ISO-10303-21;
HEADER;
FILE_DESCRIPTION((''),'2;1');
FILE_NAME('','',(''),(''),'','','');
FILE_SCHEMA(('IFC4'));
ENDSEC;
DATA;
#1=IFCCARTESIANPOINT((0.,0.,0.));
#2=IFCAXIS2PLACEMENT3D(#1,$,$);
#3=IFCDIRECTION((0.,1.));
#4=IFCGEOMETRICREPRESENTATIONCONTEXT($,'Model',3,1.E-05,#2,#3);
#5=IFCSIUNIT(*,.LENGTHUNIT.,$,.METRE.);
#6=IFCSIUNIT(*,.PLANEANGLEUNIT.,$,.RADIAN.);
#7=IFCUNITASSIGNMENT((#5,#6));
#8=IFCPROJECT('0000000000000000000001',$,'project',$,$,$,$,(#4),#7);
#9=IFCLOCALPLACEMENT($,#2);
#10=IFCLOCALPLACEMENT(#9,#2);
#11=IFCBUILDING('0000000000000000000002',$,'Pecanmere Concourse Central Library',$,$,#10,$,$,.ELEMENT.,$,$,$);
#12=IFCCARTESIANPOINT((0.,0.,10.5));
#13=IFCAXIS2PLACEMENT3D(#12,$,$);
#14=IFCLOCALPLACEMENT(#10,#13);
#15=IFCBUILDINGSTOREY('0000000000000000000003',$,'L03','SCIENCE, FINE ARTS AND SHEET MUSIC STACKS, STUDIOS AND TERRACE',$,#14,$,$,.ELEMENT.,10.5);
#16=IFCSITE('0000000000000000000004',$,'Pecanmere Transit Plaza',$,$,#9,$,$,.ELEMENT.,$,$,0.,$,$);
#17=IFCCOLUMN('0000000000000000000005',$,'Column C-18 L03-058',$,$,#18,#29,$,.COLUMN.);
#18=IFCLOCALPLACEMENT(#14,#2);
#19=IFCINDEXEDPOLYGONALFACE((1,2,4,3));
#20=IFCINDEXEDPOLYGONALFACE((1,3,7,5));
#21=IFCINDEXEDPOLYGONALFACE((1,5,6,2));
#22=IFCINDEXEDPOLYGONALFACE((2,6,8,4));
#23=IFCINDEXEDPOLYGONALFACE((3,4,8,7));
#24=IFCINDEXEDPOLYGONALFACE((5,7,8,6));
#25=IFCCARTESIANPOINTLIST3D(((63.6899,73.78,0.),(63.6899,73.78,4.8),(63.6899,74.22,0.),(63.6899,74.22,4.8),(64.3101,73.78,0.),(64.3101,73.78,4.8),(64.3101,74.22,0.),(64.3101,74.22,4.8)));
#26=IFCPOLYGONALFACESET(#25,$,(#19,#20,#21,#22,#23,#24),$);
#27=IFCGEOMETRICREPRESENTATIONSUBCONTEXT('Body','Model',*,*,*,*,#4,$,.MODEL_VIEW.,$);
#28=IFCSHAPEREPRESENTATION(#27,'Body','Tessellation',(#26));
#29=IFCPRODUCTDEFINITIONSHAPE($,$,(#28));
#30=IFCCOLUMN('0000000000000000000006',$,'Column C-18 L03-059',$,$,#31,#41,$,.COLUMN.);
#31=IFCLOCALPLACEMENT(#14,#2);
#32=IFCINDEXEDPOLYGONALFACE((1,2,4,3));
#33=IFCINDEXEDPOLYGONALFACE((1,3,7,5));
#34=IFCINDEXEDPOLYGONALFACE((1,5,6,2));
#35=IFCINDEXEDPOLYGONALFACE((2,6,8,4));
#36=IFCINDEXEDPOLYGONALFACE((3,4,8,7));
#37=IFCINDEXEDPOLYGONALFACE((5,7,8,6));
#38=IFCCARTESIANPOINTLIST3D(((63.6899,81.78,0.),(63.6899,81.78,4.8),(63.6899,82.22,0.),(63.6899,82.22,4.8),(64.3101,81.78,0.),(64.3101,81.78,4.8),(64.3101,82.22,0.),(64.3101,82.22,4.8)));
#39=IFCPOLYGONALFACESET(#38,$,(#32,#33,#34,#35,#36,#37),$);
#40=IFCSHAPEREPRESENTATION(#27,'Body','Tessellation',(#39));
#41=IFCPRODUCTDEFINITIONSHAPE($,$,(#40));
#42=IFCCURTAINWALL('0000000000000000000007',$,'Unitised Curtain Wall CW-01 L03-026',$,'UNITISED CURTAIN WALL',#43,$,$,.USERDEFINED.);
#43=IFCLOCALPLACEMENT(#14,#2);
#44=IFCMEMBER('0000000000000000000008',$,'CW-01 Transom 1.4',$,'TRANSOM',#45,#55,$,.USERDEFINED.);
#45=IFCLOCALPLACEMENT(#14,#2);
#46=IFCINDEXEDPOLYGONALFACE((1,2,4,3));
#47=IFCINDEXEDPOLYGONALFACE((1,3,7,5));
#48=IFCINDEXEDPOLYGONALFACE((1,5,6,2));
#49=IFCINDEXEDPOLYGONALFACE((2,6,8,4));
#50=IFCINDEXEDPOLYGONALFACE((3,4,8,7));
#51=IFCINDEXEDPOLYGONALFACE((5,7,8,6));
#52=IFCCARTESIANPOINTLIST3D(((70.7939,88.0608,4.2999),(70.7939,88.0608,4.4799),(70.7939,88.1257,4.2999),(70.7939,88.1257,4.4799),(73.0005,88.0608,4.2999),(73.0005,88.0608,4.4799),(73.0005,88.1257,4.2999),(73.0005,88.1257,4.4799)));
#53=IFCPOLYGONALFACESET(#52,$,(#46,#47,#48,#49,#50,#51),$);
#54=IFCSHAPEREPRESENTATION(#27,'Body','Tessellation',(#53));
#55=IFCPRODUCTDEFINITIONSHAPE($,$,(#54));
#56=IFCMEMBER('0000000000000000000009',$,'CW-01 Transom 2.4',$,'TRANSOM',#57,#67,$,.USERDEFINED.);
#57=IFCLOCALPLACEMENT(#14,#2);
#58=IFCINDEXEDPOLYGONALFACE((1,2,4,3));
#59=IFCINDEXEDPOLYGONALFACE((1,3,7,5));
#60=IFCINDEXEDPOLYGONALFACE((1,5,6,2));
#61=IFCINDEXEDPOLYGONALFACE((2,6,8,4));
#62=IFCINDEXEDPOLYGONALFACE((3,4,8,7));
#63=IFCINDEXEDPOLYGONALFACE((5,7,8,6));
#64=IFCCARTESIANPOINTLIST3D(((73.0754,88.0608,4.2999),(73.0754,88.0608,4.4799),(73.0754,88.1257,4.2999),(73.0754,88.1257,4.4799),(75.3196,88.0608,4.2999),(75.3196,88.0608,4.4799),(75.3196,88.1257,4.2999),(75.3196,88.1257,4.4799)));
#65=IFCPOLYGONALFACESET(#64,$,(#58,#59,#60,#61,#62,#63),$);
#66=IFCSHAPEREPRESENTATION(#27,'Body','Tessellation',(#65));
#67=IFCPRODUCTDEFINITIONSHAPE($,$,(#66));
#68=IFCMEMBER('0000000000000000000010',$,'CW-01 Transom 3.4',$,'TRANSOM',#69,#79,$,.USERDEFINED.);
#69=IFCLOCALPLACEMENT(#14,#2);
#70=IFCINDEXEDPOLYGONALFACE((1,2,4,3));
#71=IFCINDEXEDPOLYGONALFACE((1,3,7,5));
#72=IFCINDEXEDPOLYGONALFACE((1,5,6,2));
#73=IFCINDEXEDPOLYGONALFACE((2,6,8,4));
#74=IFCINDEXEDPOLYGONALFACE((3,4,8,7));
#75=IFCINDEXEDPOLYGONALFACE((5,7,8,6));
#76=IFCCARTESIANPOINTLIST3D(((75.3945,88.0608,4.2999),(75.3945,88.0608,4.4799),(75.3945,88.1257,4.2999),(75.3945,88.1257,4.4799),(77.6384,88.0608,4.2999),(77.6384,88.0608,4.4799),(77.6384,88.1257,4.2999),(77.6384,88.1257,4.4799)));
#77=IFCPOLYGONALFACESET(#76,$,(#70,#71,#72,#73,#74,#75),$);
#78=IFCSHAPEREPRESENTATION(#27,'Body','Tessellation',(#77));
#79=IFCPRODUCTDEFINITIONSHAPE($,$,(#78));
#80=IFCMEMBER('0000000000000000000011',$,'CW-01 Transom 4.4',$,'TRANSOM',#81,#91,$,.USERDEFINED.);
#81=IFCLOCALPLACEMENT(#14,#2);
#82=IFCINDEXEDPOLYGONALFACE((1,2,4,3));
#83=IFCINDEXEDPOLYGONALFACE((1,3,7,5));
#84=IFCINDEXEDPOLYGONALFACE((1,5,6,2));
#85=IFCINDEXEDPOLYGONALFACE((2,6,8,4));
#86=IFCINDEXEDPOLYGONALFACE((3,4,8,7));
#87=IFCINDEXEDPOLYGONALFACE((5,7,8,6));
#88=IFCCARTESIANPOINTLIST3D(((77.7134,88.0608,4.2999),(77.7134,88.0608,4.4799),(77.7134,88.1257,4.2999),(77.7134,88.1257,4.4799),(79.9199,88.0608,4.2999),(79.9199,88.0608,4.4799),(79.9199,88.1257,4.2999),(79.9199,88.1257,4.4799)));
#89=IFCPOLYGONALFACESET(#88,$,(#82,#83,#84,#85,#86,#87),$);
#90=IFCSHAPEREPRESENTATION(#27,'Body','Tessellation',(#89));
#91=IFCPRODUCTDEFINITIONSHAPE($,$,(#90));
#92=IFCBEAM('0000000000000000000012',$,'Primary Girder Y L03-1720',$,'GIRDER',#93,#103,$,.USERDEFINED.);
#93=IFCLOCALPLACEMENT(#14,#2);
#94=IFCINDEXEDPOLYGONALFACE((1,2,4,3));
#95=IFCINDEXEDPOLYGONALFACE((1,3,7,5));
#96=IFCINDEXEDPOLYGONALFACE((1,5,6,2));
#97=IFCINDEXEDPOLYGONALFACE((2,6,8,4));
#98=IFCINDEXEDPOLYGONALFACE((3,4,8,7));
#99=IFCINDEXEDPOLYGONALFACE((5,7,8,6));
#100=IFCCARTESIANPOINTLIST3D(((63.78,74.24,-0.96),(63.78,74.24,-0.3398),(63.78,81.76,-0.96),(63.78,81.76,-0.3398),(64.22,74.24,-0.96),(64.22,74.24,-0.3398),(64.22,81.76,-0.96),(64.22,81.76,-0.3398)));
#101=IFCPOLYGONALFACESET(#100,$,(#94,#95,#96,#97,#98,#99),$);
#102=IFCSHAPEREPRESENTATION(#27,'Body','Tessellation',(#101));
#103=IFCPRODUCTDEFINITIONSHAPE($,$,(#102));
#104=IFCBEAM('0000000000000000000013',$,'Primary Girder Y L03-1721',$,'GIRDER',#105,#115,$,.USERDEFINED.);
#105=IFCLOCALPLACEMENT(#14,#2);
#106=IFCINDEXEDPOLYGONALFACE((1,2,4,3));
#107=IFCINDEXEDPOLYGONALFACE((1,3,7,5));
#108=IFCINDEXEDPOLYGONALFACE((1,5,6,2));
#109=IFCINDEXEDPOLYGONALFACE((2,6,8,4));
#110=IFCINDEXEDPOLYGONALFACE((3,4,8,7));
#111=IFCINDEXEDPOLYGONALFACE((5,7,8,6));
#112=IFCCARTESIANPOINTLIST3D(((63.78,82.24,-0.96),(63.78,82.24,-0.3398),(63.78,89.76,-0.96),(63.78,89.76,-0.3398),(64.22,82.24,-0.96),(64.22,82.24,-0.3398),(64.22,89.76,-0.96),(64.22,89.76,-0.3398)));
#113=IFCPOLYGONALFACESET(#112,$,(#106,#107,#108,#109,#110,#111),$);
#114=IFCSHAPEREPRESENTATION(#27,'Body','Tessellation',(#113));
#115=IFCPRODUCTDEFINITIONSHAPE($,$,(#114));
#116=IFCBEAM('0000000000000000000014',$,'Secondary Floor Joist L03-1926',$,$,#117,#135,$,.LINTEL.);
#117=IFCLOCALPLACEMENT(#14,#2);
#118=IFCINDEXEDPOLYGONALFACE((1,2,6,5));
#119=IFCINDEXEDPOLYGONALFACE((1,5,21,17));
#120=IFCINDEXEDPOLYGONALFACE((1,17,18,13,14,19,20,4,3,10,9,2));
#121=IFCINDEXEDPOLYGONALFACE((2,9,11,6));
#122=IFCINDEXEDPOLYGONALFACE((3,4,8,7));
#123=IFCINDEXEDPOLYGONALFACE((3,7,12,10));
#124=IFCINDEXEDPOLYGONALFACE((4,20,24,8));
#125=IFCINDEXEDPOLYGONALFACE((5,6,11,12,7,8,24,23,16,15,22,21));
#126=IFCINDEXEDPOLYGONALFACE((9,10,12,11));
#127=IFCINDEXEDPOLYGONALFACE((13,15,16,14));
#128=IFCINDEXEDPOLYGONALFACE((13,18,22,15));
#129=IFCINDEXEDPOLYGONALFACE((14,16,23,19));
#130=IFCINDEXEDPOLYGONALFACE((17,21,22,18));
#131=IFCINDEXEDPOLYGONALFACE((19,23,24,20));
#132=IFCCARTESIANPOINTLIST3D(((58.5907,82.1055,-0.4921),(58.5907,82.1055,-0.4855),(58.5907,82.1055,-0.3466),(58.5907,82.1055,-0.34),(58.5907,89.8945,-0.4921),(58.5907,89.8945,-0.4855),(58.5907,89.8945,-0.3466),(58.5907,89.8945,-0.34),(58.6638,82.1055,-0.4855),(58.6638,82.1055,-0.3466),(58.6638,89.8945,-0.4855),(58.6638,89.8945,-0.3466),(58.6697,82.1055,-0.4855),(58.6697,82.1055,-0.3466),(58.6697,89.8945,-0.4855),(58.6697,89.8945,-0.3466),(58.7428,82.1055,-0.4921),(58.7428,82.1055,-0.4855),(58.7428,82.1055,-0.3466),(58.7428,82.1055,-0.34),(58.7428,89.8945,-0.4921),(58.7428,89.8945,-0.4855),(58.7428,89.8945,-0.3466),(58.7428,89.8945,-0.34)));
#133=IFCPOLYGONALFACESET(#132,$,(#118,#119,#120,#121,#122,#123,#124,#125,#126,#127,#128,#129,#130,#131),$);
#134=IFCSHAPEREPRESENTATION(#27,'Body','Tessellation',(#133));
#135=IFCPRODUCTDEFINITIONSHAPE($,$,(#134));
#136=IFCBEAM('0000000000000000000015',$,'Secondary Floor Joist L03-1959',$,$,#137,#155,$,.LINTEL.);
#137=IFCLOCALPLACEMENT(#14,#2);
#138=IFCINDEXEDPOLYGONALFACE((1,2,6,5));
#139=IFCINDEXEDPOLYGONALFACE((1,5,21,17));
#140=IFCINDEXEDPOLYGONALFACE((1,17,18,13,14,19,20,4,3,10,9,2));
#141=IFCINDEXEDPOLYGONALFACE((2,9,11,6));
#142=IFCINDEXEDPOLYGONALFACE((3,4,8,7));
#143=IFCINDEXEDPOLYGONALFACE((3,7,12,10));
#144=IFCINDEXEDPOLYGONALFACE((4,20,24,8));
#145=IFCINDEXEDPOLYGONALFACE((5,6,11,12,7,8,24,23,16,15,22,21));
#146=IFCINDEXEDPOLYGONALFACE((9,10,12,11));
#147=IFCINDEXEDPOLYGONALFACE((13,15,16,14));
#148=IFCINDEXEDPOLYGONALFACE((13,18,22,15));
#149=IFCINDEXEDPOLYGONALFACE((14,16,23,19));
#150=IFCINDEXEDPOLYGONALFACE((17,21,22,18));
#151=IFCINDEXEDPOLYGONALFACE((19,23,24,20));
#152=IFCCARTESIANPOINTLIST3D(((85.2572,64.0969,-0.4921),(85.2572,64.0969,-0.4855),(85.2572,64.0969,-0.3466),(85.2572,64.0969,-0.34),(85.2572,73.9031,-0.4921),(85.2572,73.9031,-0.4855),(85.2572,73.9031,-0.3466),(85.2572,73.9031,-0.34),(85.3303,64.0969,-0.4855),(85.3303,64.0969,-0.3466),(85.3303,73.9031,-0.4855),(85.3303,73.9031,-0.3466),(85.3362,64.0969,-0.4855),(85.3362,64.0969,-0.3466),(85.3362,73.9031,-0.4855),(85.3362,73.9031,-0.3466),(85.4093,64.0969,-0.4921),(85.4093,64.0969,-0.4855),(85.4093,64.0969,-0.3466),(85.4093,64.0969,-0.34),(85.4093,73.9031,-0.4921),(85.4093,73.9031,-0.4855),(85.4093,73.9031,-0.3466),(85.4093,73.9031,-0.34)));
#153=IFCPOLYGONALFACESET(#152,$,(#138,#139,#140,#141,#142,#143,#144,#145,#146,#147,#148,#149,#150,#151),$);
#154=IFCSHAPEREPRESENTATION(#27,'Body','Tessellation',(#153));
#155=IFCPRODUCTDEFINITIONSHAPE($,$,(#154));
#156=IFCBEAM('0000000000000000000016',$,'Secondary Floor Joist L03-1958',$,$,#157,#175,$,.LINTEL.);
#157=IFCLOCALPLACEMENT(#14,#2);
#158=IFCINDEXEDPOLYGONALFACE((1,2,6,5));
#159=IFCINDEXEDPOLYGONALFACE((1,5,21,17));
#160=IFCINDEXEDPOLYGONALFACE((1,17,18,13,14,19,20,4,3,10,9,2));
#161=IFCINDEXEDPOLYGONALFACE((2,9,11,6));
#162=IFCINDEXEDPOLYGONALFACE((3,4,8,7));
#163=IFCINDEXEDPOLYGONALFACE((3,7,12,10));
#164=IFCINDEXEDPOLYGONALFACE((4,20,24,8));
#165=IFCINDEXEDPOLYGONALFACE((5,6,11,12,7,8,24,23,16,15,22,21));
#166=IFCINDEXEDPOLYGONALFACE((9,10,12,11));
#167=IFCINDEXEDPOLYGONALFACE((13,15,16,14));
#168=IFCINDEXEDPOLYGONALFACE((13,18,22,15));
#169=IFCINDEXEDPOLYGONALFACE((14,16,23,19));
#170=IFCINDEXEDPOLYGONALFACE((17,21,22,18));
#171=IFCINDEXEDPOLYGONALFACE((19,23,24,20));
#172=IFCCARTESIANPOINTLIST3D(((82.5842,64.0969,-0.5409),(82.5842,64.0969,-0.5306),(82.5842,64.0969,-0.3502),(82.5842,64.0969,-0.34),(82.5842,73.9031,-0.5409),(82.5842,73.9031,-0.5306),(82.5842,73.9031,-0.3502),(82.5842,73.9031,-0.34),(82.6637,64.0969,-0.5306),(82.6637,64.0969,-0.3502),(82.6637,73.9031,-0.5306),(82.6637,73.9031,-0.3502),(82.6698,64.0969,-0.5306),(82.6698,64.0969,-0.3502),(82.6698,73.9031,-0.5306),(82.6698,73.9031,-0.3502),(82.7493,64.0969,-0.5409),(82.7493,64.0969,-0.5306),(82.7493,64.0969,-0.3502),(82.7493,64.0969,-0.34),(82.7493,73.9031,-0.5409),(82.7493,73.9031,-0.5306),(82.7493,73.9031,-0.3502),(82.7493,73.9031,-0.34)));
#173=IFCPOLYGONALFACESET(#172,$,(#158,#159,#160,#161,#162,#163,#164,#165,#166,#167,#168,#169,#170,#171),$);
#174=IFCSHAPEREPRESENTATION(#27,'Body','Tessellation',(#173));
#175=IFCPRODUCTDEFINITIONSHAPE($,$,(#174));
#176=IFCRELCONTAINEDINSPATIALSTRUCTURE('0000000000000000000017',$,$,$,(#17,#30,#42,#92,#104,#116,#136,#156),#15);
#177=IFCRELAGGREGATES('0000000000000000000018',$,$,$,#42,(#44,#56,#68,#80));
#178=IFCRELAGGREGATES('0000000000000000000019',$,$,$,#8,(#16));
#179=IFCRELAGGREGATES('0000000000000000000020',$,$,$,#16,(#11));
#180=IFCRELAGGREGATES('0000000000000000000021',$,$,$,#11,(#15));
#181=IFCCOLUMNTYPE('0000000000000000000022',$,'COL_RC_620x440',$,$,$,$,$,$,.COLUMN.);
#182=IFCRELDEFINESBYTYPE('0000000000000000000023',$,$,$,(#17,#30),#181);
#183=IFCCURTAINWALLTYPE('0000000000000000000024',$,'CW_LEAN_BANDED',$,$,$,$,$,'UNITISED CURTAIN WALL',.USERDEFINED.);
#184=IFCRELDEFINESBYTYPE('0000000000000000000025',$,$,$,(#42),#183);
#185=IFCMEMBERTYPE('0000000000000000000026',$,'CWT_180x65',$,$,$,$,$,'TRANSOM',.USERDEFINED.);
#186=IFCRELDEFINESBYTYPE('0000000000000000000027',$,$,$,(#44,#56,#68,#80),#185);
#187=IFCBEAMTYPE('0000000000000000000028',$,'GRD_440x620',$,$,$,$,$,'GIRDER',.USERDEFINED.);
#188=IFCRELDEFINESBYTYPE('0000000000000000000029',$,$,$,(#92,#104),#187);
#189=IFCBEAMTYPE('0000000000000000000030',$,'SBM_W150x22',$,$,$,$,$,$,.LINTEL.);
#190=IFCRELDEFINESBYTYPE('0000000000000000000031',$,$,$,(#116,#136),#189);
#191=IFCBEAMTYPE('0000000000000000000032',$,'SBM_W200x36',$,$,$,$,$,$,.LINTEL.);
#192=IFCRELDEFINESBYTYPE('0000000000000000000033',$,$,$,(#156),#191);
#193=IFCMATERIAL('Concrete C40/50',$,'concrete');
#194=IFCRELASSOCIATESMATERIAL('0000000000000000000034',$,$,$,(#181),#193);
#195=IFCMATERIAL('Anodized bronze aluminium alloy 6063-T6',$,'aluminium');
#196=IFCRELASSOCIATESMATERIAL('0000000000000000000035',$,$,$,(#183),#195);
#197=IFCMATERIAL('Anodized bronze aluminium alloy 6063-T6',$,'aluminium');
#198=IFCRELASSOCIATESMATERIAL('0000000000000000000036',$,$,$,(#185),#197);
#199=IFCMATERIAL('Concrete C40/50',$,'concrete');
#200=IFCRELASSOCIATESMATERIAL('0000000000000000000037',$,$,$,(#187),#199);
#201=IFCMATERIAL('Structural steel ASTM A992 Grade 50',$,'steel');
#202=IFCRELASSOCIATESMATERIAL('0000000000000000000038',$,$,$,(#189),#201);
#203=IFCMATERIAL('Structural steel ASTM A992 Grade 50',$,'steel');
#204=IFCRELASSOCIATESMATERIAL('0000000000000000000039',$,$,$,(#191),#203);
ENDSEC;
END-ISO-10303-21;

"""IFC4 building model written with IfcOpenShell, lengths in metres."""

from ifc_helpers import new_model, si_unit, direction, frame, origin, origin_2d, place, context, subcontext, project, spatial, rectangle, i_section, extrude, material, material_profile, profile_set, type_object, element, aggregate, save


model = new_model("IFC4")

# Units and contexts
model_context = context("Model", 3, precision=1e-05, world=origin(), true_north=direction((0.0, 1.0)))
body_context = subcontext(model_context, "Body", "Model", "MODEL_VIEW")
ifc_project = project(units=[si_unit("LENGTHUNIT", "METRE"), si_unit("PLANEANGLEUNIT", "RADIAN")], contexts=[model_context])

# Site, building, storey
site_placement = place(None, origin())
site = spatial("IfcSite", under=ifc_project, at=site_placement, Name="Pecanmere Transit Plaza", CompositionType="ELEMENT", RefElevation=0.0)
building_placement = place(site_placement, origin())
building = spatial("IfcBuilding", under=site, at=building_placement, Name="Pecanmere Concourse Central Library", CompositionType="ELEMENT")
storey_placement = place(building_placement, frame((0.0, 0.0, 10.5)))
storey = spatial("IfcBuildingStorey", under=building, at=storey_placement, Name="L03", Description="SCIENCE, FINE ARTS AND SHEET MUSIC STACKS, STUDIOS AND TERRACE", CompositionType="ELEMENT", Elevation=10.5)

# Columns
ifc_material_1 = material(Name="Concrete C40/50", Category="concrete")
ifc_material_profile_1 = material_profile(ifc_material_1, rectangle(XDim=0.6201, YDim=0.4399, at=origin_2d()), Name="RC 620x440")
ifc_profile_set_1 = profile_set([ifc_material_profile_1], Name="Concrete C40/50")
column_type = type_object("IfcColumnType", Name="COL_RC_620x440", PredefinedType="COLUMN", material=ifc_profile_set_1)
for number, where, z_axis, x_axis, name in (
    (1, (64.0, 74.0, 0.0), (0.0, 0.0, 1.0), (1.0, 0.0, 0.0), "Column C-18 L03-058"),
    (2, (64.0, 82.0, 0.0), (0.0, 0.0, 1.0), (1.0, 0.0, 0.0), "Column C-18 L03-059"),
):
    element("IfcColumn", number, at=place(storey_placement, frame(where, z_axis=z_axis, x_axis=x_axis)), inside=storey, type_object=column_type, Name=name, PredefinedType="COLUMN", context=body_context, shape_type="SweptSolid", body=[
        extrude(rectangle(XDim=0.6201, YDim=0.4399, at=origin_2d()), origin(), (0.0, 0.0, 1.0), 4.8),
    ])

# Curtain wall, members
ifc_material_2 = material(Name="Anodized bronze aluminium alloy 6063-T6", Category="aluminium")
curtain_wall_type = type_object("IfcCurtainWallType", Name="CW_LEAN_BANDED", ElementType="UNITISED CURTAIN WALL", PredefinedType="USERDEFINED", material=ifc_material_2)
curtain_wall_placement = place(storey_placement, origin())
curtain_wall = element("IfcCurtainWall", 3, at=curtain_wall_placement, inside=storey, type_object=curtain_wall_type, Name="Unitised Curtain Wall CW-01 L03-026", ObjectType="UNITISED CURTAIN WALL", PredefinedType="USERDEFINED")
ifc_material_3 = material(Name="Anodized bronze aluminium alloy 6063-T6", Category="aluminium")
ifc_material_profile_2 = material_profile(ifc_material_3, rectangle(XDim=0.0649, YDim=0.1799, at=origin_2d()), Name="AL 65x180")
ifc_profile_set_2 = profile_set([ifc_material_profile_2], Name="Anodized bronze aluminium alloy 6063-T6")
member_type = type_object("IfcMemberType", Name="CWT_180x65", ElementType="TRANSOM", PredefinedType="USERDEFINED", material=ifc_profile_set_2)
member_1_placement = place(storey_placement, frame((70.7939, 88.0933, 4.3899), z_axis=(1.0, 0.0, 0.0), x_axis=(0.0, 1.0, 0.0)))
member_1 = element("IfcMember", 4, at=member_1_placement, type_object=member_type, Name="CW-01 Transom 1.4", ObjectType="TRANSOM", PredefinedType="USERDEFINED", context=body_context, shape_type="SweptSolid", body=[
    extrude(rectangle(XDim=0.0649, YDim=0.1799, at=origin_2d()), origin(), (0.0, 0.0, 1.0), 2.2065),
])
member_2_placement = place(storey_placement, frame((73.0754, 88.0933, 4.3899), z_axis=(1.0, 0.0, 0.0), x_axis=(0.0, 1.0, 0.0)))
member_2 = element("IfcMember", 5, at=member_2_placement, type_object=member_type, Name="CW-01 Transom 2.4", ObjectType="TRANSOM", PredefinedType="USERDEFINED", context=body_context, shape_type="SweptSolid", body=[
    extrude(rectangle(XDim=0.0649, YDim=0.1799, at=origin_2d()), origin(), (0.0, 0.0, 1.0), 2.2441),
])
member_3_placement = place(storey_placement, frame((75.3945, 88.0933, 4.3899), z_axis=(1.0, 0.0, 0.0), x_axis=(0.0, 1.0, 0.0)))
member_3 = element("IfcMember", 6, at=member_3_placement, type_object=member_type, Name="CW-01 Transom 3.4", ObjectType="TRANSOM", PredefinedType="USERDEFINED", context=body_context, shape_type="SweptSolid", body=[
    extrude(rectangle(XDim=0.0649, YDim=0.1799, at=origin_2d()), origin(), (0.0, 0.0, 1.0), 2.2439),
])
member_4_placement = place(storey_placement, frame((77.7134, 88.0933, 4.3899), z_axis=(1.0, 0.0, 0.0), x_axis=(0.0, 1.0, 0.0)))
member_4 = element("IfcMember", 7, at=member_4_placement, type_object=member_type, Name="CW-01 Transom 4.4", ObjectType="TRANSOM", PredefinedType="USERDEFINED", context=body_context, shape_type="SweptSolid", body=[
    extrude(rectangle(XDim=0.0649, YDim=0.1799, at=origin_2d()), origin(), (0.0, 0.0, 1.0), 2.2065),
])
aggregate(curtain_wall, [member_1, member_2, member_3, member_4])

# Beams
ifc_material_4 = material(Name="Concrete C40/50", Category="concrete")
ifc_material_profile_3 = material_profile(ifc_material_4, rectangle(XDim=0.4399, YDim=0.6201, at=origin_2d()), Name="RC 440x620")
ifc_profile_set_3 = profile_set([ifc_material_profile_3], Name="Concrete C40/50")
beam_type_1 = type_object("IfcBeamType", Name="GRD_440x620", ElementType="GIRDER", PredefinedType="USERDEFINED", material=ifc_profile_set_3)
for number, where, z_axis, x_axis, name in (
    (8, (64.0, 74.24, -0.6499), (0.0, 1.0, 0.0), (-1.0, 0.0, 0.0), "Primary Girder Y L03-1720"),
    (9, (64.0, 82.24, -0.6499), (0.0, 1.0, 0.0), (-1.0, 0.0, 0.0), "Primary Girder Y L03-1721"),
):
    element("IfcBeam", number, at=place(storey_placement, frame(where, z_axis=z_axis, x_axis=x_axis)), inside=storey, type_object=beam_type_1, Name=name, ObjectType="GIRDER", PredefinedType="USERDEFINED", context=body_context, shape_type="SweptSolid", body=[
        extrude(rectangle(XDim=0.4399, YDim=0.6201, at=origin_2d()), origin(), (0.0, 0.0, 1.0), 7.52),
    ])
ifc_material_5 = material(Name="Structural steel ASTM A992 Grade 50", Category="steel")
ifc_material_profile_4 = material_profile(ifc_material_5, i_section(OverallWidth=0.1521, OverallDepth=0.1521, WebThickness=0.0059, FlangeThickness=0.0066, at=origin_2d()), Name="W150x22.5")
ifc_profile_set_4 = profile_set([ifc_material_profile_4], Name="Structural steel ASTM A992 Grade 50")
beam_type_2 = type_object("IfcBeamType", Name="SBM_W150x22", PredefinedType="LINTEL", material=ifc_profile_set_4)
beam_1_placement = place(storey_placement, frame((58.6667, 82.1055, -0.416), z_axis=(0.0, 1.0, 0.0), x_axis=(-1.0, 0.0, 0.0)))
element("IfcBeam", 10, at=beam_1_placement, inside=storey, type_object=beam_type_2, Name="Secondary Floor Joist L03-1926", PredefinedType="LINTEL", context=body_context, shape_type="SweptSolid", body=[
    extrude(i_section(OverallWidth=0.1521, OverallDepth=0.1521, WebThickness=0.0059, FlangeThickness=0.0066, at=origin_2d()), origin(), (0.0, 0.0, 1.0), 7.7891),
])
beam_2_placement = place(storey_placement, frame((85.3333, 64.0969, -0.416), z_axis=(0.0, 1.0, 0.0), x_axis=(-1.0, 0.0, 0.0)))
element("IfcBeam", 11, at=beam_2_placement, inside=storey, type_object=beam_type_2, Name="Secondary Floor Joist L03-1959", PredefinedType="LINTEL", context=body_context, shape_type="SweptSolid", body=[
    extrude(i_section(OverallWidth=0.1521, OverallDepth=0.1521, WebThickness=0.0059, FlangeThickness=0.0066, at=origin_2d()), origin(), (0.0, 0.0, 1.0), 9.8062),
])
ifc_material_6 = material(Name="Structural steel ASTM A992 Grade 50", Category="steel")
ifc_material_profile_5 = material_profile(ifc_material_6, i_section(OverallWidth=0.165, OverallDepth=0.2009, WebThickness=0.0061, FlangeThickness=0.0103, at=origin_2d()), Name="W200x35.9")
ifc_profile_set_5 = profile_set([ifc_material_profile_5], Name="Structural steel ASTM A992 Grade 50")
beam_type_3 = type_object("IfcBeamType", Name="SBM_W200x36", PredefinedType="LINTEL", material=ifc_profile_set_5)
beam_3_placement = place(storey_placement, frame((82.6667, 64.0969, -0.4404), z_axis=(0.0, 1.0, 0.0), x_axis=(-1.0, 0.0, 0.0)))
element("IfcBeam", 12, at=beam_3_placement, inside=storey, type_object=beam_type_3, Name="Secondary Floor Joist L03-1958", PredefinedType="LINTEL", context=body_context, shape_type="SweptSolid", body=[
    extrude(i_section(OverallWidth=0.165, OverallDepth=0.2009, WebThickness=0.0061, FlangeThickness=0.0103, at=origin_2d()), origin(), (0.0, 0.0, 1.0), 9.8062),
])

save(model, "model.ifc")
